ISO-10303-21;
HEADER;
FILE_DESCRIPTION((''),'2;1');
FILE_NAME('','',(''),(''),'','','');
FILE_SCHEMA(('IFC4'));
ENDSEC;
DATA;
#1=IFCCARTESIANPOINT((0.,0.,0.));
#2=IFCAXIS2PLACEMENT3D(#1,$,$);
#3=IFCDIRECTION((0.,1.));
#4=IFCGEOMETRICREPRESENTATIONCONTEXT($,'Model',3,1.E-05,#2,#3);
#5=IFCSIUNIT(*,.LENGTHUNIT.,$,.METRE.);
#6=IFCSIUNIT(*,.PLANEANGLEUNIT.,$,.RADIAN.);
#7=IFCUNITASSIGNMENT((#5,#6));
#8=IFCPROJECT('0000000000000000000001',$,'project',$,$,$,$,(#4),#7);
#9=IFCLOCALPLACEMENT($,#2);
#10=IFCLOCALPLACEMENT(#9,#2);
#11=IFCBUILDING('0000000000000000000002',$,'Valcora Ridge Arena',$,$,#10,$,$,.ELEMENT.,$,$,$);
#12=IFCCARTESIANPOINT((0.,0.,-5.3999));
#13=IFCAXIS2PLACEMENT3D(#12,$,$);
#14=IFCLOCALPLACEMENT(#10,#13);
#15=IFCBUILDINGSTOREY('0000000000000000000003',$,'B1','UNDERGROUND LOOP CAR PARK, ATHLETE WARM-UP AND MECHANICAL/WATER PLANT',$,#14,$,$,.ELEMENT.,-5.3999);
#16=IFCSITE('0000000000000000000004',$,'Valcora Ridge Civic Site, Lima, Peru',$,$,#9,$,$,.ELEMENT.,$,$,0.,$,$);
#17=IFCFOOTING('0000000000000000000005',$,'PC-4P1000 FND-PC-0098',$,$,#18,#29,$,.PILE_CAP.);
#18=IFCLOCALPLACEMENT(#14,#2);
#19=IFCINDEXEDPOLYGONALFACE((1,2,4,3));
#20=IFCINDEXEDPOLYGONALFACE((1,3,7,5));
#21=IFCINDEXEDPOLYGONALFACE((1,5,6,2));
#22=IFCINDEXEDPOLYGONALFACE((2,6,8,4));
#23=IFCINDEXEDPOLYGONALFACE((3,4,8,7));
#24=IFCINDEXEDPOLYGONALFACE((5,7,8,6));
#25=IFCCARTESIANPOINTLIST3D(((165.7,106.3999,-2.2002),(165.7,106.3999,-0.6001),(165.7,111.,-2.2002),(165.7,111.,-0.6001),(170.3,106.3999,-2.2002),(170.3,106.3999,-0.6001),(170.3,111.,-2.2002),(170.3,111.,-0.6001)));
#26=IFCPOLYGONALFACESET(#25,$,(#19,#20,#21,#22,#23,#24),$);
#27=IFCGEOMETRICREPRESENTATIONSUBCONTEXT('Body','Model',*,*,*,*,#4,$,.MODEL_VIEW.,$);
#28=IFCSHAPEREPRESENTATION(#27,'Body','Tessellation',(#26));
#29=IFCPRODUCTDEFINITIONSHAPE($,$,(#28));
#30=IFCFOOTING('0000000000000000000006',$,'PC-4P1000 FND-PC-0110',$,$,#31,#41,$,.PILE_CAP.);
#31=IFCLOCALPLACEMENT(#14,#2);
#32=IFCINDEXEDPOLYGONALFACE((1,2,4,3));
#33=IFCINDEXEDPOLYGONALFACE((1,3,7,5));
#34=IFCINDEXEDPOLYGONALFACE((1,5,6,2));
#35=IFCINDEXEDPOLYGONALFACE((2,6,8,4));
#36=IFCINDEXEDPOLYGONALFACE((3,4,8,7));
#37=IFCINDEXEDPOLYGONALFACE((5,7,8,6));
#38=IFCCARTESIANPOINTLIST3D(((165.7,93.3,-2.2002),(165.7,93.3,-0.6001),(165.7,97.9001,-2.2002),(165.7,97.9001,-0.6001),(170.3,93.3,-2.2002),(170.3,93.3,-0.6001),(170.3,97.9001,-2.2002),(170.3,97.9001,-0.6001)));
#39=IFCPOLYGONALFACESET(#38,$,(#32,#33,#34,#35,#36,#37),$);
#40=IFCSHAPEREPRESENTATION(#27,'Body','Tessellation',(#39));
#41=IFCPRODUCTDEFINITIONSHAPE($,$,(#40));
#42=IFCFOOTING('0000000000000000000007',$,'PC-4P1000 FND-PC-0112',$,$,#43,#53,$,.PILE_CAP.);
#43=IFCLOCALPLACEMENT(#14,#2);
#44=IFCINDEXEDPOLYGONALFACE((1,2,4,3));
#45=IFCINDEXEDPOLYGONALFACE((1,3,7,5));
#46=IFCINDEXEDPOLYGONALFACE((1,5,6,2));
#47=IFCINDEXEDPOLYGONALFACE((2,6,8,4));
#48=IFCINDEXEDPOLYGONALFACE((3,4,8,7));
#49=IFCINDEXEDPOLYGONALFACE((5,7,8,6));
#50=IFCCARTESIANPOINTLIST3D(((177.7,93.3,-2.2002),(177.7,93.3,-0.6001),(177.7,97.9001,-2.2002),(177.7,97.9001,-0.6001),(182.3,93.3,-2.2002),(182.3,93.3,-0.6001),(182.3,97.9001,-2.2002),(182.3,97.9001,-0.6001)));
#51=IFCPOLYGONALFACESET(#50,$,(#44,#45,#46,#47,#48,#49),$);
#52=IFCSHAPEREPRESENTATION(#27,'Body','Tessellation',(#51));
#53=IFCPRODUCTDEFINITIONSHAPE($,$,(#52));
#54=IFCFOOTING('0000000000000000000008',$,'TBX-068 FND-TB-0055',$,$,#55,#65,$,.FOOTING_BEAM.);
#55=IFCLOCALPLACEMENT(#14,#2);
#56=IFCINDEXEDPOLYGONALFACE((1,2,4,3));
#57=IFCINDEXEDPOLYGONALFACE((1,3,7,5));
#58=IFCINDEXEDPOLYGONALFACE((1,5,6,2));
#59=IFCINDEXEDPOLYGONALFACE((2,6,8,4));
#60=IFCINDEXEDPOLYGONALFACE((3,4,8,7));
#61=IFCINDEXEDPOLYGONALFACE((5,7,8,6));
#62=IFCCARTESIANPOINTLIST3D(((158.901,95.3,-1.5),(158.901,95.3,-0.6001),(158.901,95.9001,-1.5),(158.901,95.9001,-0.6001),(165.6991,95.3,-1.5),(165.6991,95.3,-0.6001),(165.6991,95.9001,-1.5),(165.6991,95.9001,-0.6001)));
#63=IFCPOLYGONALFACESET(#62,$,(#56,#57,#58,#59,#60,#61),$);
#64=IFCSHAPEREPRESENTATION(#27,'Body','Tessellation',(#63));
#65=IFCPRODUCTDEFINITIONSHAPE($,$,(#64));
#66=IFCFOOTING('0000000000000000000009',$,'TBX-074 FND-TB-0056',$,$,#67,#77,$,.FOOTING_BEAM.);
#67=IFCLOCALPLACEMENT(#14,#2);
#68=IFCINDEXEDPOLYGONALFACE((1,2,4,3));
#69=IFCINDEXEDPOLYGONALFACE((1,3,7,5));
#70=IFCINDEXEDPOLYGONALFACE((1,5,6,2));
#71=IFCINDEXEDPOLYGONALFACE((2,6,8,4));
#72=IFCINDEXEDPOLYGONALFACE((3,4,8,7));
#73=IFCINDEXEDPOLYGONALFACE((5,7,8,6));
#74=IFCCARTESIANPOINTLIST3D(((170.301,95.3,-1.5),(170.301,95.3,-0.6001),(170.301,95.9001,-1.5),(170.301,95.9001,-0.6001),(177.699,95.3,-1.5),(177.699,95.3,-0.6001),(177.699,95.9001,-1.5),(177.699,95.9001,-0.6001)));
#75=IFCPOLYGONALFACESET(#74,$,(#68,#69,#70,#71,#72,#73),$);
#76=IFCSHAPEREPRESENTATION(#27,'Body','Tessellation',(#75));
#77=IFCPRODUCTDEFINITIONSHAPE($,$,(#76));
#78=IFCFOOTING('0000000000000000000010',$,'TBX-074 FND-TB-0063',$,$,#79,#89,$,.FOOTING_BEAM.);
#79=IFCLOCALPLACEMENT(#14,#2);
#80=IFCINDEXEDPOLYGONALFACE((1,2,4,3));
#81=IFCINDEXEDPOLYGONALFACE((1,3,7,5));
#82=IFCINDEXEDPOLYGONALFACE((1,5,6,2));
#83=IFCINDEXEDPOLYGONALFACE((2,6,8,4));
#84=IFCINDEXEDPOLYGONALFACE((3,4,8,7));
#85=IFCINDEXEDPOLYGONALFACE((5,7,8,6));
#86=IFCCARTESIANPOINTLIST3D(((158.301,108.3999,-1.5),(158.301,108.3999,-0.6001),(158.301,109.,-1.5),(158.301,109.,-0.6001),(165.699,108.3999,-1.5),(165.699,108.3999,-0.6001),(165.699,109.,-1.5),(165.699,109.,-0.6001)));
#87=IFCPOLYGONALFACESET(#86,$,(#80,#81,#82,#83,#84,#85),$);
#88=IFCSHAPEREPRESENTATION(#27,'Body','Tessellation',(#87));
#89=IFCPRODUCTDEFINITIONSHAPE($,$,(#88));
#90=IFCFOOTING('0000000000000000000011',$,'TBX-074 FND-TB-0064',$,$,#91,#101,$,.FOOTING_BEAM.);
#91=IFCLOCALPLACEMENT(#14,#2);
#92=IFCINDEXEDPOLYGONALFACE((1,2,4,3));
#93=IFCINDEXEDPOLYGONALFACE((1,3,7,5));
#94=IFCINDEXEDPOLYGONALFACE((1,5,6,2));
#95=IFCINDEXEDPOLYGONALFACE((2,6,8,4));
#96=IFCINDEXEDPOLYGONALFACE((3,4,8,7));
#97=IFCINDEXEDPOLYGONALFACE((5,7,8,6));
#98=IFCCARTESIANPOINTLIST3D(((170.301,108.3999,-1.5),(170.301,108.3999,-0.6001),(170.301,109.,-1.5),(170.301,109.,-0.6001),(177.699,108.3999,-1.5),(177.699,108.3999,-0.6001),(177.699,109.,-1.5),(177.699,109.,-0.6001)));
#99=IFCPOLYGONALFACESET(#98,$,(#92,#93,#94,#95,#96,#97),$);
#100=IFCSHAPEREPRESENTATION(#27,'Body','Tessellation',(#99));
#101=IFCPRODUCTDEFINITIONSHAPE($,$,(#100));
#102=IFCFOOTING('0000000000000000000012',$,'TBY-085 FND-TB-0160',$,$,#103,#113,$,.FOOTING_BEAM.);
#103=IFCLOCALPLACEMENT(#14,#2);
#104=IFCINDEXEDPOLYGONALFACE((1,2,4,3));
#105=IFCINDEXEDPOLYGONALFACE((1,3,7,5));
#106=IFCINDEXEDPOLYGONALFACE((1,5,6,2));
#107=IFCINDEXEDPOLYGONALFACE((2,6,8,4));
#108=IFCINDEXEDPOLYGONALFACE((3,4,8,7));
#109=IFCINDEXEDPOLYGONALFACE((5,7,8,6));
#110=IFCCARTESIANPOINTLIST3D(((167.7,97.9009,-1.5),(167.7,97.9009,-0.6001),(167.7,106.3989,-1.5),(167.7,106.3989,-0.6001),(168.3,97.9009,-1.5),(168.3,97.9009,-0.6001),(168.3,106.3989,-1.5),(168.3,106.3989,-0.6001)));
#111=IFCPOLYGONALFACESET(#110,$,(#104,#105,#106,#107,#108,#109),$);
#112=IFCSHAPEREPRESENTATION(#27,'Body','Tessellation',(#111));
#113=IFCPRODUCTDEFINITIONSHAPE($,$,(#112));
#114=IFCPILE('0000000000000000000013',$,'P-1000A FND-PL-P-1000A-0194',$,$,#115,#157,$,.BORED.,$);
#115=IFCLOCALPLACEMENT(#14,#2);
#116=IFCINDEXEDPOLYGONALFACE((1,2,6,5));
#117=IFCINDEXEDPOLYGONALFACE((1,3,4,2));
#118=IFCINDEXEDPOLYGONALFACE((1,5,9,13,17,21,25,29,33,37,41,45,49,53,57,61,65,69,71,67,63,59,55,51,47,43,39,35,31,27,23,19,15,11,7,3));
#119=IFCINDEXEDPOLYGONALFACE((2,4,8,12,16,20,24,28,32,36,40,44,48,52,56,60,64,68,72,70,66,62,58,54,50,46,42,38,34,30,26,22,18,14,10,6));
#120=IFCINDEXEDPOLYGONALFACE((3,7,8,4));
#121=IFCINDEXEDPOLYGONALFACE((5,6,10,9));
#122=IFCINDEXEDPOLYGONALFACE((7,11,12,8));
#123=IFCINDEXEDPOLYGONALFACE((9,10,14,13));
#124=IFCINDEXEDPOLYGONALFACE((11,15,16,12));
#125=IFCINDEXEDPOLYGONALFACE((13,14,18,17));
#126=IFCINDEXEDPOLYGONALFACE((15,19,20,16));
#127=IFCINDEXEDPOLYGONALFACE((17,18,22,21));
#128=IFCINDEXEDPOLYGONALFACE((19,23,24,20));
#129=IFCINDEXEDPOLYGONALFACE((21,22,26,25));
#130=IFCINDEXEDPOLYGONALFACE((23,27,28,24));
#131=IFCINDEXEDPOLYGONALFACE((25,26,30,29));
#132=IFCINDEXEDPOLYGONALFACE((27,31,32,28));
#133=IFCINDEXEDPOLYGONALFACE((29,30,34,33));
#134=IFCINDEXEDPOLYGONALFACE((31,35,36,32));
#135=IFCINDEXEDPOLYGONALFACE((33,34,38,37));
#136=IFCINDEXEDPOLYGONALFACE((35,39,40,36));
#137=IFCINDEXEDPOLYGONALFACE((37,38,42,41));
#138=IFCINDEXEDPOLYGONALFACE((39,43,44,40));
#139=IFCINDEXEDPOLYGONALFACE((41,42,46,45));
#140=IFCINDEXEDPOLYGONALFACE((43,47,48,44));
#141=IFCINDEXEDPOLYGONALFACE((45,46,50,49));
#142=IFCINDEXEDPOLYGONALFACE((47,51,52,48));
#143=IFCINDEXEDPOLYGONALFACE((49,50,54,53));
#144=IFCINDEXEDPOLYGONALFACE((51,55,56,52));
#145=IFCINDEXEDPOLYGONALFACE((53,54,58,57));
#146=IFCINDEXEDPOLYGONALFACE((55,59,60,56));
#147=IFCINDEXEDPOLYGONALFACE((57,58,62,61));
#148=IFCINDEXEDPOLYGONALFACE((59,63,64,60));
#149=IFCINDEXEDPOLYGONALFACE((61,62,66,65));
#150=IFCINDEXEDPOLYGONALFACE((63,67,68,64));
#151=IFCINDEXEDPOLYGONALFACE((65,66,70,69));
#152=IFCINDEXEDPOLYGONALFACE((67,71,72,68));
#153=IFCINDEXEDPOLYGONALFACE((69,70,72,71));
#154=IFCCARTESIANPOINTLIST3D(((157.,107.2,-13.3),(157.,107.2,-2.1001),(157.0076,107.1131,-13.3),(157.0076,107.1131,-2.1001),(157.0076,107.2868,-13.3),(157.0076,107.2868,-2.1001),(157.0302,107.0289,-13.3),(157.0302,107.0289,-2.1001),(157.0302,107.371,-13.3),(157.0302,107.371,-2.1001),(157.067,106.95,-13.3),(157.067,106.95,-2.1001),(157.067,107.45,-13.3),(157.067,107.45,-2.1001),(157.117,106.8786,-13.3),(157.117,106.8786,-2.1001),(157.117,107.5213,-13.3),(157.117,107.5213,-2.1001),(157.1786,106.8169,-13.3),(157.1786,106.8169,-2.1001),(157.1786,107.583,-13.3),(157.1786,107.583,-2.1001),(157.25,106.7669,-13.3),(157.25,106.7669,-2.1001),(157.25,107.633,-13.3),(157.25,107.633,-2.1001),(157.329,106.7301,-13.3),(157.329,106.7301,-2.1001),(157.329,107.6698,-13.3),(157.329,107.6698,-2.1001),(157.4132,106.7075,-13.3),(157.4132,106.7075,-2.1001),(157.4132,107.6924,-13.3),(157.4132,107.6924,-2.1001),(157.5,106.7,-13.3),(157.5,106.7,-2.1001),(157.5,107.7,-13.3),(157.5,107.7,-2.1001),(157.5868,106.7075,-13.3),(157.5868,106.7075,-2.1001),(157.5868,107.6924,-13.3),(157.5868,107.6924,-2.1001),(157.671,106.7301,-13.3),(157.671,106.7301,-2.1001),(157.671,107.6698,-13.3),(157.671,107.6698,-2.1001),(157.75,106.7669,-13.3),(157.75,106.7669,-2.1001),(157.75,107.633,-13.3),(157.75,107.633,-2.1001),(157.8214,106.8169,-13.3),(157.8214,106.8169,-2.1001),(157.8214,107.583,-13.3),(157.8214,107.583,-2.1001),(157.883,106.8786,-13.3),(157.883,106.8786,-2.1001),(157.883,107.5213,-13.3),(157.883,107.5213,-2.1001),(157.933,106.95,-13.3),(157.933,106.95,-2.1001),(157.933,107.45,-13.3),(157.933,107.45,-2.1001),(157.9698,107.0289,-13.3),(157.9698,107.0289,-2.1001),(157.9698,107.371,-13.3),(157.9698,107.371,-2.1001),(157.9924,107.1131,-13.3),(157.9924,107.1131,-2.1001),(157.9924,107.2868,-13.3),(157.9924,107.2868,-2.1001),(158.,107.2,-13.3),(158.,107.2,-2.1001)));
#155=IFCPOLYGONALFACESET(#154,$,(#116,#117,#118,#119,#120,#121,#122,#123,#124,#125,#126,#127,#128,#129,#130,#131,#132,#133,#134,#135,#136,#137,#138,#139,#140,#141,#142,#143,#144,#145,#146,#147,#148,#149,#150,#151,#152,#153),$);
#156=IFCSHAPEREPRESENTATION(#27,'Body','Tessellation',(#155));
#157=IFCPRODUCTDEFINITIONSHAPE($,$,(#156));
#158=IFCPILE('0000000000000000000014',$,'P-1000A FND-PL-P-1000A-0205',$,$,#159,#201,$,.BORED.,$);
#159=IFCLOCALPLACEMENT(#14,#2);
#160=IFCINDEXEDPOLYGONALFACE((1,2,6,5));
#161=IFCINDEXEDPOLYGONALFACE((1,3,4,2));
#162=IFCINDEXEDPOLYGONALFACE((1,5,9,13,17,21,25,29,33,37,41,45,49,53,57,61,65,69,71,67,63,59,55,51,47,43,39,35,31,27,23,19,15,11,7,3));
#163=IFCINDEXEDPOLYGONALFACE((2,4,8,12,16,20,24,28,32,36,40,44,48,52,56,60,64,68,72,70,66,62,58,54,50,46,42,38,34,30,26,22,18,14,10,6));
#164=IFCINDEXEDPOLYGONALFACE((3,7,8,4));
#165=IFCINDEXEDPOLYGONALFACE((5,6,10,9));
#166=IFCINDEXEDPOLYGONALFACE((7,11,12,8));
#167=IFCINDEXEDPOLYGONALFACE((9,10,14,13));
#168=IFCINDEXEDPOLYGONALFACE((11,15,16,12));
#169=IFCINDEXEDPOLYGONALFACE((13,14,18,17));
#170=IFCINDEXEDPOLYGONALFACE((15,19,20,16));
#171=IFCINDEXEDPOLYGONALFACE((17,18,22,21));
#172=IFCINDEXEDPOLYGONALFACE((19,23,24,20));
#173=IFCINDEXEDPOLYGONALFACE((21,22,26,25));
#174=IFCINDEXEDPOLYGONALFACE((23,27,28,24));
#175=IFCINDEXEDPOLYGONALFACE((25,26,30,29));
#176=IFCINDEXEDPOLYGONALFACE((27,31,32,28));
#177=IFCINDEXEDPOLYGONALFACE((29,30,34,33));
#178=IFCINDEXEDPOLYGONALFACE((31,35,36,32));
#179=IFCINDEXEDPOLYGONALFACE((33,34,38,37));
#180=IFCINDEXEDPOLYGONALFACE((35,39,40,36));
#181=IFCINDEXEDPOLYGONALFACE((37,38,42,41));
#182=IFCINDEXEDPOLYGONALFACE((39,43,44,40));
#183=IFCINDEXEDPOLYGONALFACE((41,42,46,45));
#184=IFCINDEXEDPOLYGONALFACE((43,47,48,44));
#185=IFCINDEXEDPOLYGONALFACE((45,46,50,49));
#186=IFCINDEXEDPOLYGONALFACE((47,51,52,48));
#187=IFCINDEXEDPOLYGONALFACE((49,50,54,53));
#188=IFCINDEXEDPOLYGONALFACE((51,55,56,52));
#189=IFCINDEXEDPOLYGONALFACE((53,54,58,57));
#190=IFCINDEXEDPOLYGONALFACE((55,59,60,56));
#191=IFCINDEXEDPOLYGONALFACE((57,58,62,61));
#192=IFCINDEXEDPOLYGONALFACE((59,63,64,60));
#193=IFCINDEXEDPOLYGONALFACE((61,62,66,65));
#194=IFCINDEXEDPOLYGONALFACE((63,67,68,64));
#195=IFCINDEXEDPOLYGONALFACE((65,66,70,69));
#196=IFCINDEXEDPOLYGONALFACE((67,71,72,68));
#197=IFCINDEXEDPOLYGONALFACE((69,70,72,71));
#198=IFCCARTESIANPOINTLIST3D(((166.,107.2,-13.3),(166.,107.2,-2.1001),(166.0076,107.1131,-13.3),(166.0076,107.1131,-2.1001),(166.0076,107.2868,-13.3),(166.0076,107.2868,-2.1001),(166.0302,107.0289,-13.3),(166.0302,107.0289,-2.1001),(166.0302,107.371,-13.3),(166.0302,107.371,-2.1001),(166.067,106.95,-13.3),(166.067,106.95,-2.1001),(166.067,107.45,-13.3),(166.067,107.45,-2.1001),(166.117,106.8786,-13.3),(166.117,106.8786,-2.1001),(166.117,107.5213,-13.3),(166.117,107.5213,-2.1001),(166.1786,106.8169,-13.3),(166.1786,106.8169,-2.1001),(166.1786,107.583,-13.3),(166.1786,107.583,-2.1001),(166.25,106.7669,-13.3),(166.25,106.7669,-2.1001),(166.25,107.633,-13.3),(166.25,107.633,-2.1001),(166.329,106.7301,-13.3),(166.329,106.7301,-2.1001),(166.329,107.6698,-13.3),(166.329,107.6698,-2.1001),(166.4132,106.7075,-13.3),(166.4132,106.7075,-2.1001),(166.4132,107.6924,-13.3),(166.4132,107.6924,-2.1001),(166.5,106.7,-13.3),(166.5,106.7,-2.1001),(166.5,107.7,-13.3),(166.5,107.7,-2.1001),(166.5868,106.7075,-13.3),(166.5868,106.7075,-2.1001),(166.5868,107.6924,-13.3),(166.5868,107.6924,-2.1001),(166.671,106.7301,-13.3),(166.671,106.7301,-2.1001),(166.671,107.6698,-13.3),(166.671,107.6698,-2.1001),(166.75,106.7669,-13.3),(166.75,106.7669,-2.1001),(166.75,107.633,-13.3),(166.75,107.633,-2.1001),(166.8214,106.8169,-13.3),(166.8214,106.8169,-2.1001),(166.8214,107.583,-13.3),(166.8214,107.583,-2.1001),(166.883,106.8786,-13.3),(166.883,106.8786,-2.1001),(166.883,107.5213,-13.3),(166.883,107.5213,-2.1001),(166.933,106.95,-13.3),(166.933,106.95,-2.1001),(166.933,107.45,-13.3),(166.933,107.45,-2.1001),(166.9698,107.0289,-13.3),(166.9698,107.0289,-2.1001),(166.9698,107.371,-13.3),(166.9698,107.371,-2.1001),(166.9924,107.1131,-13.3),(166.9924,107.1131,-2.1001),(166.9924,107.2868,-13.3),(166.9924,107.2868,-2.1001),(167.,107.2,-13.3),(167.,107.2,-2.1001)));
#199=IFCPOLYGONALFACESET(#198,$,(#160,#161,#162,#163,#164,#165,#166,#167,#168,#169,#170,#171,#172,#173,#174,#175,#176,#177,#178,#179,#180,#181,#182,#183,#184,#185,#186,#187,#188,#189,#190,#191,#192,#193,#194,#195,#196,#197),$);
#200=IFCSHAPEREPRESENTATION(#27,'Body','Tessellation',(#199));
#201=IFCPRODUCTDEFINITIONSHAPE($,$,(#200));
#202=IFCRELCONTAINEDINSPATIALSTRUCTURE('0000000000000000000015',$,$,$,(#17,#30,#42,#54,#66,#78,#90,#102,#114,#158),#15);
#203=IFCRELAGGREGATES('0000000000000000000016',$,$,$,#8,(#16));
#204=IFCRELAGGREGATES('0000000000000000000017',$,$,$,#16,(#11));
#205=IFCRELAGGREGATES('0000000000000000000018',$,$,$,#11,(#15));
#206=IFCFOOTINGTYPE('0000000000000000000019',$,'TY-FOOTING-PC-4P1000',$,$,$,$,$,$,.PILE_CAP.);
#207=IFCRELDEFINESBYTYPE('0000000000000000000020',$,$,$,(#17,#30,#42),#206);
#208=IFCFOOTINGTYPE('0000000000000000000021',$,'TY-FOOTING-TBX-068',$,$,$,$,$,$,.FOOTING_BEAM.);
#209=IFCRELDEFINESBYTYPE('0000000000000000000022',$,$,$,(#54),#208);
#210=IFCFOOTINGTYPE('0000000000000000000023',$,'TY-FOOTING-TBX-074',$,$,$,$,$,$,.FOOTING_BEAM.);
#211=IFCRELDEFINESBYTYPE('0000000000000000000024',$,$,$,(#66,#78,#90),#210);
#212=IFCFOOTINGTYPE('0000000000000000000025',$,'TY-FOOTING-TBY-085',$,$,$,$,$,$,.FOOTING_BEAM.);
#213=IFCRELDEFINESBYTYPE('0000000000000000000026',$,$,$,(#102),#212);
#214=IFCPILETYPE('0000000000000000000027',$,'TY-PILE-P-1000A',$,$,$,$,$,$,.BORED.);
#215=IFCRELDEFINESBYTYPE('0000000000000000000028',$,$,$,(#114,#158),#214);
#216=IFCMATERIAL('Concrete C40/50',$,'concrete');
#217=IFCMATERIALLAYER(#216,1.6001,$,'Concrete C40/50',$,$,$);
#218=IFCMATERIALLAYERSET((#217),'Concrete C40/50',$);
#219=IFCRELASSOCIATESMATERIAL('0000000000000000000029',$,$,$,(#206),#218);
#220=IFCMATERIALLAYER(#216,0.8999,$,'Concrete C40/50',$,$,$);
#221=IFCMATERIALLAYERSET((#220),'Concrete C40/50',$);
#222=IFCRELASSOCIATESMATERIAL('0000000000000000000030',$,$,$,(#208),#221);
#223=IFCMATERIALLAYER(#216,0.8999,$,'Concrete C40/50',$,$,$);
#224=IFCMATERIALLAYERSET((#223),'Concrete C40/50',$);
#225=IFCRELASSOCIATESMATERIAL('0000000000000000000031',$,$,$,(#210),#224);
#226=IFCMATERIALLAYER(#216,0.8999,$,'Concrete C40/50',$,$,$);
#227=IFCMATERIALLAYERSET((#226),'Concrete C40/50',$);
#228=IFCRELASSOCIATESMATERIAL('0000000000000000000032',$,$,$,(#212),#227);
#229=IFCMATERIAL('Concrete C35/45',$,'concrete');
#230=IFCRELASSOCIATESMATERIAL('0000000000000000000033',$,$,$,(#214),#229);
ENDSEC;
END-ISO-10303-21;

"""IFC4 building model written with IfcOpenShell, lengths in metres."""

from ifc_helpers import new_model, si_unit, direction, frame, origin, origin_2d, place, context, subcontext, project, spatial, rectangle, circle, extrude, material, layer, layer_set, material_profile, profile_set, type_object, element, save


model = new_model("IFC4")

# Units and contexts
model_context = context("Model", 3, precision=1e-05, world=origin(), true_north=direction((0.0, 1.0)))
body_context = subcontext(model_context, "Body", "Model", "MODEL_VIEW")
ifc_project = project(units=[si_unit("LENGTHUNIT", "METRE"), si_unit("PLANEANGLEUNIT", "RADIAN")], contexts=[model_context])

# Site, building, storey
site_placement = place(None, origin())
site = spatial("IfcSite", under=ifc_project, at=site_placement, Name="Valcora Ridge Civic Site, Lima, Peru", CompositionType="ELEMENT", RefElevation=0.0)
building_placement = place(site_placement, origin())
building = spatial("IfcBuilding", under=site, at=building_placement, Name="Valcora Ridge Arena", CompositionType="ELEMENT")
storey_placement = place(building_placement, frame((0.0, 0.0, -5.3999)))
storey = spatial("IfcBuildingStorey", under=building, at=storey_placement, Name="B1", Description="UNDERGROUND LOOP CAR PARK, ATHLETE WARM-UP AND MECHANICAL/WATER PLANT", CompositionType="ELEMENT", Elevation=-5.3999)

# Footings
ifc_material_1 = material(Name="Concrete C40/50", Category="concrete")
ifc_layer_1 = layer(ifc_material_1, 1.6001, Name="Concrete C40/50")
ifc_layer_set_1 = layer_set([ifc_layer_1], Name="Concrete C40/50")
footing_type_1 = type_object("IfcFootingType", Name="TY-FOOTING-PC-4P1000", PredefinedType="PILE_CAP", material=ifc_layer_set_1)
for number, where, z_axis, x_axis, name in (
    (1, (168.0, 108.7, -2.2002), (0.0, 0.0, 1.0), (1.0, 0.0, 0.0), "PC-4P1000 FND-PC-0098"),
    (2, (168.0, 95.6001, -2.2002), (0.0, 0.0, 1.0), (1.0, 0.0, 0.0), "PC-4P1000 FND-PC-0110"),
    (3, (180.0, 95.6001, -2.2002), (0.0, 0.0, 1.0), (1.0, 0.0, 0.0), "PC-4P1000 FND-PC-0112"),
):
    element("IfcFooting", number, at=place(storey_placement, frame(where, z_axis=z_axis, x_axis=x_axis)), inside=storey, type_object=footing_type_1, Name=name, PredefinedType="PILE_CAP", context=body_context, shape_type="SweptSolid", body=[
        extrude(rectangle(XDim=4.6001, YDim=4.6001, at=origin_2d()), origin(), (0.0, 0.0, 1.0), 1.6001),
    ])
ifc_layer_2 = layer(ifc_material_1, 0.8999, Name="Concrete C40/50")
ifc_layer_set_2 = layer_set([ifc_layer_2], Name="Concrete C40/50")
footing_type_2 = type_object("IfcFootingType", Name="TY-FOOTING-TBX-068", PredefinedType="FOOTING_BEAM", material=ifc_layer_set_2)
footing_1_placement = place(storey_placement, frame((162.3, 95.6001, -1.5), z_axis=(0.0, 0.0, 1.0), x_axis=(1.0, 0.0, 0.0)))
element("IfcFooting", 4, at=footing_1_placement, inside=storey, type_object=footing_type_2, Name="TBX-068 FND-TB-0055", PredefinedType="FOOTING_BEAM", context=body_context, shape_type="SweptSolid", body=[
    extrude(rectangle(XDim=6.7981, YDim=0.6001, at=origin_2d()), origin(), (0.0, 0.0, 1.0), 0.8999),
])
ifc_layer_3 = layer(ifc_material_1, 0.8999, Name="Concrete C40/50")
ifc_layer_set_3 = layer_set([ifc_layer_3], Name="Concrete C40/50")
footing_type_3 = type_object("IfcFootingType", Name="TY-FOOTING-TBX-074", PredefinedType="FOOTING_BEAM", material=ifc_layer_set_3)
for number, where, z_axis, x_axis, name in (
    (5, (174.0, 95.6001, -1.5), (0.0, 0.0, 1.0), (1.0, 0.0, 0.0), "TBX-074 FND-TB-0056"),
    (6, (162.0, 108.7, -1.5), (0.0, 0.0, 1.0), (1.0, 0.0, 0.0), "TBX-074 FND-TB-0063"),
    (7, (174.0, 108.7, -1.5), (0.0, 0.0, 1.0), (1.0, 0.0, 0.0), "TBX-074 FND-TB-0064"),
):
    element("IfcFooting", number, at=place(storey_placement, frame(where, z_axis=z_axis, x_axis=x_axis)), inside=storey, type_object=footing_type_3, Name=name, PredefinedType="FOOTING_BEAM", context=body_context, shape_type="SweptSolid", body=[
        extrude(rectangle(XDim=7.3979, YDim=0.6001, at=origin_2d()), origin(), (0.0, 0.0, 1.0), 0.8999),
    ])
ifc_layer_4 = layer(ifc_material_1, 0.8999, Name="Concrete C40/50")
ifc_layer_set_4 = layer_set([ifc_layer_4], Name="Concrete C40/50")
footing_type_4 = type_object("IfcFootingType", Name="TY-FOOTING-TBY-085", PredefinedType="FOOTING_BEAM", material=ifc_layer_set_4)
footing_2_placement = place(storey_placement, frame((168.0, 102.1499, -1.5), z_axis=(0.0, 0.0, 1.0), x_axis=(1.0, 0.0, 0.0)))
element("IfcFooting", 8, at=footing_2_placement, inside=storey, type_object=footing_type_4, Name="TBY-085 FND-TB-0160", PredefinedType="FOOTING_BEAM", context=body_context, shape_type="SweptSolid", body=[
    extrude(rectangle(XDim=0.6001, YDim=8.498, at=origin_2d()), origin(), (0.0, 0.0, 1.0), 0.8999),
])

# Piles
ifc_material_2 = material(Name="Concrete C35/45", Category="concrete")
ifc_material_profile_1 = material_profile(ifc_material_2, circle(Radius=0.5, at=origin_2d()), Name="BORED PILE D1000")
ifc_profile_set_1 = profile_set([ifc_material_profile_1], Name="Concrete C35/45")
pile_type_1 = type_object("IfcPileType", Name="TY-PILE-P-1000A", PredefinedType="BORED", material=ifc_profile_set_1)
for number, where, z_axis, x_axis, name in (
    (9, (157.5, 107.2, -2.1001), (0.0, 0.0, -1.0), (1.0, 0.0, 0.0), "P-1000A FND-PL-P-1000A-0194"),
    (10, (166.5, 107.2, -2.1001), (0.0, 0.0, -1.0), (1.0, 0.0, 0.0), "P-1000A FND-PL-P-1000A-0205"),
):
    element("IfcPile", number, at=place(storey_placement, frame(where, z_axis=z_axis, x_axis=x_axis)), inside=storey, type_object=pile_type_1, Name=name, PredefinedType="BORED", context=body_context, shape_type="SweptSolid", body=[
        extrude(circle(Radius=0.5, at=origin_2d()), origin(), (0.0, 0.0, 1.0), 11.2),
    ])

save(model, "model.ifc")
